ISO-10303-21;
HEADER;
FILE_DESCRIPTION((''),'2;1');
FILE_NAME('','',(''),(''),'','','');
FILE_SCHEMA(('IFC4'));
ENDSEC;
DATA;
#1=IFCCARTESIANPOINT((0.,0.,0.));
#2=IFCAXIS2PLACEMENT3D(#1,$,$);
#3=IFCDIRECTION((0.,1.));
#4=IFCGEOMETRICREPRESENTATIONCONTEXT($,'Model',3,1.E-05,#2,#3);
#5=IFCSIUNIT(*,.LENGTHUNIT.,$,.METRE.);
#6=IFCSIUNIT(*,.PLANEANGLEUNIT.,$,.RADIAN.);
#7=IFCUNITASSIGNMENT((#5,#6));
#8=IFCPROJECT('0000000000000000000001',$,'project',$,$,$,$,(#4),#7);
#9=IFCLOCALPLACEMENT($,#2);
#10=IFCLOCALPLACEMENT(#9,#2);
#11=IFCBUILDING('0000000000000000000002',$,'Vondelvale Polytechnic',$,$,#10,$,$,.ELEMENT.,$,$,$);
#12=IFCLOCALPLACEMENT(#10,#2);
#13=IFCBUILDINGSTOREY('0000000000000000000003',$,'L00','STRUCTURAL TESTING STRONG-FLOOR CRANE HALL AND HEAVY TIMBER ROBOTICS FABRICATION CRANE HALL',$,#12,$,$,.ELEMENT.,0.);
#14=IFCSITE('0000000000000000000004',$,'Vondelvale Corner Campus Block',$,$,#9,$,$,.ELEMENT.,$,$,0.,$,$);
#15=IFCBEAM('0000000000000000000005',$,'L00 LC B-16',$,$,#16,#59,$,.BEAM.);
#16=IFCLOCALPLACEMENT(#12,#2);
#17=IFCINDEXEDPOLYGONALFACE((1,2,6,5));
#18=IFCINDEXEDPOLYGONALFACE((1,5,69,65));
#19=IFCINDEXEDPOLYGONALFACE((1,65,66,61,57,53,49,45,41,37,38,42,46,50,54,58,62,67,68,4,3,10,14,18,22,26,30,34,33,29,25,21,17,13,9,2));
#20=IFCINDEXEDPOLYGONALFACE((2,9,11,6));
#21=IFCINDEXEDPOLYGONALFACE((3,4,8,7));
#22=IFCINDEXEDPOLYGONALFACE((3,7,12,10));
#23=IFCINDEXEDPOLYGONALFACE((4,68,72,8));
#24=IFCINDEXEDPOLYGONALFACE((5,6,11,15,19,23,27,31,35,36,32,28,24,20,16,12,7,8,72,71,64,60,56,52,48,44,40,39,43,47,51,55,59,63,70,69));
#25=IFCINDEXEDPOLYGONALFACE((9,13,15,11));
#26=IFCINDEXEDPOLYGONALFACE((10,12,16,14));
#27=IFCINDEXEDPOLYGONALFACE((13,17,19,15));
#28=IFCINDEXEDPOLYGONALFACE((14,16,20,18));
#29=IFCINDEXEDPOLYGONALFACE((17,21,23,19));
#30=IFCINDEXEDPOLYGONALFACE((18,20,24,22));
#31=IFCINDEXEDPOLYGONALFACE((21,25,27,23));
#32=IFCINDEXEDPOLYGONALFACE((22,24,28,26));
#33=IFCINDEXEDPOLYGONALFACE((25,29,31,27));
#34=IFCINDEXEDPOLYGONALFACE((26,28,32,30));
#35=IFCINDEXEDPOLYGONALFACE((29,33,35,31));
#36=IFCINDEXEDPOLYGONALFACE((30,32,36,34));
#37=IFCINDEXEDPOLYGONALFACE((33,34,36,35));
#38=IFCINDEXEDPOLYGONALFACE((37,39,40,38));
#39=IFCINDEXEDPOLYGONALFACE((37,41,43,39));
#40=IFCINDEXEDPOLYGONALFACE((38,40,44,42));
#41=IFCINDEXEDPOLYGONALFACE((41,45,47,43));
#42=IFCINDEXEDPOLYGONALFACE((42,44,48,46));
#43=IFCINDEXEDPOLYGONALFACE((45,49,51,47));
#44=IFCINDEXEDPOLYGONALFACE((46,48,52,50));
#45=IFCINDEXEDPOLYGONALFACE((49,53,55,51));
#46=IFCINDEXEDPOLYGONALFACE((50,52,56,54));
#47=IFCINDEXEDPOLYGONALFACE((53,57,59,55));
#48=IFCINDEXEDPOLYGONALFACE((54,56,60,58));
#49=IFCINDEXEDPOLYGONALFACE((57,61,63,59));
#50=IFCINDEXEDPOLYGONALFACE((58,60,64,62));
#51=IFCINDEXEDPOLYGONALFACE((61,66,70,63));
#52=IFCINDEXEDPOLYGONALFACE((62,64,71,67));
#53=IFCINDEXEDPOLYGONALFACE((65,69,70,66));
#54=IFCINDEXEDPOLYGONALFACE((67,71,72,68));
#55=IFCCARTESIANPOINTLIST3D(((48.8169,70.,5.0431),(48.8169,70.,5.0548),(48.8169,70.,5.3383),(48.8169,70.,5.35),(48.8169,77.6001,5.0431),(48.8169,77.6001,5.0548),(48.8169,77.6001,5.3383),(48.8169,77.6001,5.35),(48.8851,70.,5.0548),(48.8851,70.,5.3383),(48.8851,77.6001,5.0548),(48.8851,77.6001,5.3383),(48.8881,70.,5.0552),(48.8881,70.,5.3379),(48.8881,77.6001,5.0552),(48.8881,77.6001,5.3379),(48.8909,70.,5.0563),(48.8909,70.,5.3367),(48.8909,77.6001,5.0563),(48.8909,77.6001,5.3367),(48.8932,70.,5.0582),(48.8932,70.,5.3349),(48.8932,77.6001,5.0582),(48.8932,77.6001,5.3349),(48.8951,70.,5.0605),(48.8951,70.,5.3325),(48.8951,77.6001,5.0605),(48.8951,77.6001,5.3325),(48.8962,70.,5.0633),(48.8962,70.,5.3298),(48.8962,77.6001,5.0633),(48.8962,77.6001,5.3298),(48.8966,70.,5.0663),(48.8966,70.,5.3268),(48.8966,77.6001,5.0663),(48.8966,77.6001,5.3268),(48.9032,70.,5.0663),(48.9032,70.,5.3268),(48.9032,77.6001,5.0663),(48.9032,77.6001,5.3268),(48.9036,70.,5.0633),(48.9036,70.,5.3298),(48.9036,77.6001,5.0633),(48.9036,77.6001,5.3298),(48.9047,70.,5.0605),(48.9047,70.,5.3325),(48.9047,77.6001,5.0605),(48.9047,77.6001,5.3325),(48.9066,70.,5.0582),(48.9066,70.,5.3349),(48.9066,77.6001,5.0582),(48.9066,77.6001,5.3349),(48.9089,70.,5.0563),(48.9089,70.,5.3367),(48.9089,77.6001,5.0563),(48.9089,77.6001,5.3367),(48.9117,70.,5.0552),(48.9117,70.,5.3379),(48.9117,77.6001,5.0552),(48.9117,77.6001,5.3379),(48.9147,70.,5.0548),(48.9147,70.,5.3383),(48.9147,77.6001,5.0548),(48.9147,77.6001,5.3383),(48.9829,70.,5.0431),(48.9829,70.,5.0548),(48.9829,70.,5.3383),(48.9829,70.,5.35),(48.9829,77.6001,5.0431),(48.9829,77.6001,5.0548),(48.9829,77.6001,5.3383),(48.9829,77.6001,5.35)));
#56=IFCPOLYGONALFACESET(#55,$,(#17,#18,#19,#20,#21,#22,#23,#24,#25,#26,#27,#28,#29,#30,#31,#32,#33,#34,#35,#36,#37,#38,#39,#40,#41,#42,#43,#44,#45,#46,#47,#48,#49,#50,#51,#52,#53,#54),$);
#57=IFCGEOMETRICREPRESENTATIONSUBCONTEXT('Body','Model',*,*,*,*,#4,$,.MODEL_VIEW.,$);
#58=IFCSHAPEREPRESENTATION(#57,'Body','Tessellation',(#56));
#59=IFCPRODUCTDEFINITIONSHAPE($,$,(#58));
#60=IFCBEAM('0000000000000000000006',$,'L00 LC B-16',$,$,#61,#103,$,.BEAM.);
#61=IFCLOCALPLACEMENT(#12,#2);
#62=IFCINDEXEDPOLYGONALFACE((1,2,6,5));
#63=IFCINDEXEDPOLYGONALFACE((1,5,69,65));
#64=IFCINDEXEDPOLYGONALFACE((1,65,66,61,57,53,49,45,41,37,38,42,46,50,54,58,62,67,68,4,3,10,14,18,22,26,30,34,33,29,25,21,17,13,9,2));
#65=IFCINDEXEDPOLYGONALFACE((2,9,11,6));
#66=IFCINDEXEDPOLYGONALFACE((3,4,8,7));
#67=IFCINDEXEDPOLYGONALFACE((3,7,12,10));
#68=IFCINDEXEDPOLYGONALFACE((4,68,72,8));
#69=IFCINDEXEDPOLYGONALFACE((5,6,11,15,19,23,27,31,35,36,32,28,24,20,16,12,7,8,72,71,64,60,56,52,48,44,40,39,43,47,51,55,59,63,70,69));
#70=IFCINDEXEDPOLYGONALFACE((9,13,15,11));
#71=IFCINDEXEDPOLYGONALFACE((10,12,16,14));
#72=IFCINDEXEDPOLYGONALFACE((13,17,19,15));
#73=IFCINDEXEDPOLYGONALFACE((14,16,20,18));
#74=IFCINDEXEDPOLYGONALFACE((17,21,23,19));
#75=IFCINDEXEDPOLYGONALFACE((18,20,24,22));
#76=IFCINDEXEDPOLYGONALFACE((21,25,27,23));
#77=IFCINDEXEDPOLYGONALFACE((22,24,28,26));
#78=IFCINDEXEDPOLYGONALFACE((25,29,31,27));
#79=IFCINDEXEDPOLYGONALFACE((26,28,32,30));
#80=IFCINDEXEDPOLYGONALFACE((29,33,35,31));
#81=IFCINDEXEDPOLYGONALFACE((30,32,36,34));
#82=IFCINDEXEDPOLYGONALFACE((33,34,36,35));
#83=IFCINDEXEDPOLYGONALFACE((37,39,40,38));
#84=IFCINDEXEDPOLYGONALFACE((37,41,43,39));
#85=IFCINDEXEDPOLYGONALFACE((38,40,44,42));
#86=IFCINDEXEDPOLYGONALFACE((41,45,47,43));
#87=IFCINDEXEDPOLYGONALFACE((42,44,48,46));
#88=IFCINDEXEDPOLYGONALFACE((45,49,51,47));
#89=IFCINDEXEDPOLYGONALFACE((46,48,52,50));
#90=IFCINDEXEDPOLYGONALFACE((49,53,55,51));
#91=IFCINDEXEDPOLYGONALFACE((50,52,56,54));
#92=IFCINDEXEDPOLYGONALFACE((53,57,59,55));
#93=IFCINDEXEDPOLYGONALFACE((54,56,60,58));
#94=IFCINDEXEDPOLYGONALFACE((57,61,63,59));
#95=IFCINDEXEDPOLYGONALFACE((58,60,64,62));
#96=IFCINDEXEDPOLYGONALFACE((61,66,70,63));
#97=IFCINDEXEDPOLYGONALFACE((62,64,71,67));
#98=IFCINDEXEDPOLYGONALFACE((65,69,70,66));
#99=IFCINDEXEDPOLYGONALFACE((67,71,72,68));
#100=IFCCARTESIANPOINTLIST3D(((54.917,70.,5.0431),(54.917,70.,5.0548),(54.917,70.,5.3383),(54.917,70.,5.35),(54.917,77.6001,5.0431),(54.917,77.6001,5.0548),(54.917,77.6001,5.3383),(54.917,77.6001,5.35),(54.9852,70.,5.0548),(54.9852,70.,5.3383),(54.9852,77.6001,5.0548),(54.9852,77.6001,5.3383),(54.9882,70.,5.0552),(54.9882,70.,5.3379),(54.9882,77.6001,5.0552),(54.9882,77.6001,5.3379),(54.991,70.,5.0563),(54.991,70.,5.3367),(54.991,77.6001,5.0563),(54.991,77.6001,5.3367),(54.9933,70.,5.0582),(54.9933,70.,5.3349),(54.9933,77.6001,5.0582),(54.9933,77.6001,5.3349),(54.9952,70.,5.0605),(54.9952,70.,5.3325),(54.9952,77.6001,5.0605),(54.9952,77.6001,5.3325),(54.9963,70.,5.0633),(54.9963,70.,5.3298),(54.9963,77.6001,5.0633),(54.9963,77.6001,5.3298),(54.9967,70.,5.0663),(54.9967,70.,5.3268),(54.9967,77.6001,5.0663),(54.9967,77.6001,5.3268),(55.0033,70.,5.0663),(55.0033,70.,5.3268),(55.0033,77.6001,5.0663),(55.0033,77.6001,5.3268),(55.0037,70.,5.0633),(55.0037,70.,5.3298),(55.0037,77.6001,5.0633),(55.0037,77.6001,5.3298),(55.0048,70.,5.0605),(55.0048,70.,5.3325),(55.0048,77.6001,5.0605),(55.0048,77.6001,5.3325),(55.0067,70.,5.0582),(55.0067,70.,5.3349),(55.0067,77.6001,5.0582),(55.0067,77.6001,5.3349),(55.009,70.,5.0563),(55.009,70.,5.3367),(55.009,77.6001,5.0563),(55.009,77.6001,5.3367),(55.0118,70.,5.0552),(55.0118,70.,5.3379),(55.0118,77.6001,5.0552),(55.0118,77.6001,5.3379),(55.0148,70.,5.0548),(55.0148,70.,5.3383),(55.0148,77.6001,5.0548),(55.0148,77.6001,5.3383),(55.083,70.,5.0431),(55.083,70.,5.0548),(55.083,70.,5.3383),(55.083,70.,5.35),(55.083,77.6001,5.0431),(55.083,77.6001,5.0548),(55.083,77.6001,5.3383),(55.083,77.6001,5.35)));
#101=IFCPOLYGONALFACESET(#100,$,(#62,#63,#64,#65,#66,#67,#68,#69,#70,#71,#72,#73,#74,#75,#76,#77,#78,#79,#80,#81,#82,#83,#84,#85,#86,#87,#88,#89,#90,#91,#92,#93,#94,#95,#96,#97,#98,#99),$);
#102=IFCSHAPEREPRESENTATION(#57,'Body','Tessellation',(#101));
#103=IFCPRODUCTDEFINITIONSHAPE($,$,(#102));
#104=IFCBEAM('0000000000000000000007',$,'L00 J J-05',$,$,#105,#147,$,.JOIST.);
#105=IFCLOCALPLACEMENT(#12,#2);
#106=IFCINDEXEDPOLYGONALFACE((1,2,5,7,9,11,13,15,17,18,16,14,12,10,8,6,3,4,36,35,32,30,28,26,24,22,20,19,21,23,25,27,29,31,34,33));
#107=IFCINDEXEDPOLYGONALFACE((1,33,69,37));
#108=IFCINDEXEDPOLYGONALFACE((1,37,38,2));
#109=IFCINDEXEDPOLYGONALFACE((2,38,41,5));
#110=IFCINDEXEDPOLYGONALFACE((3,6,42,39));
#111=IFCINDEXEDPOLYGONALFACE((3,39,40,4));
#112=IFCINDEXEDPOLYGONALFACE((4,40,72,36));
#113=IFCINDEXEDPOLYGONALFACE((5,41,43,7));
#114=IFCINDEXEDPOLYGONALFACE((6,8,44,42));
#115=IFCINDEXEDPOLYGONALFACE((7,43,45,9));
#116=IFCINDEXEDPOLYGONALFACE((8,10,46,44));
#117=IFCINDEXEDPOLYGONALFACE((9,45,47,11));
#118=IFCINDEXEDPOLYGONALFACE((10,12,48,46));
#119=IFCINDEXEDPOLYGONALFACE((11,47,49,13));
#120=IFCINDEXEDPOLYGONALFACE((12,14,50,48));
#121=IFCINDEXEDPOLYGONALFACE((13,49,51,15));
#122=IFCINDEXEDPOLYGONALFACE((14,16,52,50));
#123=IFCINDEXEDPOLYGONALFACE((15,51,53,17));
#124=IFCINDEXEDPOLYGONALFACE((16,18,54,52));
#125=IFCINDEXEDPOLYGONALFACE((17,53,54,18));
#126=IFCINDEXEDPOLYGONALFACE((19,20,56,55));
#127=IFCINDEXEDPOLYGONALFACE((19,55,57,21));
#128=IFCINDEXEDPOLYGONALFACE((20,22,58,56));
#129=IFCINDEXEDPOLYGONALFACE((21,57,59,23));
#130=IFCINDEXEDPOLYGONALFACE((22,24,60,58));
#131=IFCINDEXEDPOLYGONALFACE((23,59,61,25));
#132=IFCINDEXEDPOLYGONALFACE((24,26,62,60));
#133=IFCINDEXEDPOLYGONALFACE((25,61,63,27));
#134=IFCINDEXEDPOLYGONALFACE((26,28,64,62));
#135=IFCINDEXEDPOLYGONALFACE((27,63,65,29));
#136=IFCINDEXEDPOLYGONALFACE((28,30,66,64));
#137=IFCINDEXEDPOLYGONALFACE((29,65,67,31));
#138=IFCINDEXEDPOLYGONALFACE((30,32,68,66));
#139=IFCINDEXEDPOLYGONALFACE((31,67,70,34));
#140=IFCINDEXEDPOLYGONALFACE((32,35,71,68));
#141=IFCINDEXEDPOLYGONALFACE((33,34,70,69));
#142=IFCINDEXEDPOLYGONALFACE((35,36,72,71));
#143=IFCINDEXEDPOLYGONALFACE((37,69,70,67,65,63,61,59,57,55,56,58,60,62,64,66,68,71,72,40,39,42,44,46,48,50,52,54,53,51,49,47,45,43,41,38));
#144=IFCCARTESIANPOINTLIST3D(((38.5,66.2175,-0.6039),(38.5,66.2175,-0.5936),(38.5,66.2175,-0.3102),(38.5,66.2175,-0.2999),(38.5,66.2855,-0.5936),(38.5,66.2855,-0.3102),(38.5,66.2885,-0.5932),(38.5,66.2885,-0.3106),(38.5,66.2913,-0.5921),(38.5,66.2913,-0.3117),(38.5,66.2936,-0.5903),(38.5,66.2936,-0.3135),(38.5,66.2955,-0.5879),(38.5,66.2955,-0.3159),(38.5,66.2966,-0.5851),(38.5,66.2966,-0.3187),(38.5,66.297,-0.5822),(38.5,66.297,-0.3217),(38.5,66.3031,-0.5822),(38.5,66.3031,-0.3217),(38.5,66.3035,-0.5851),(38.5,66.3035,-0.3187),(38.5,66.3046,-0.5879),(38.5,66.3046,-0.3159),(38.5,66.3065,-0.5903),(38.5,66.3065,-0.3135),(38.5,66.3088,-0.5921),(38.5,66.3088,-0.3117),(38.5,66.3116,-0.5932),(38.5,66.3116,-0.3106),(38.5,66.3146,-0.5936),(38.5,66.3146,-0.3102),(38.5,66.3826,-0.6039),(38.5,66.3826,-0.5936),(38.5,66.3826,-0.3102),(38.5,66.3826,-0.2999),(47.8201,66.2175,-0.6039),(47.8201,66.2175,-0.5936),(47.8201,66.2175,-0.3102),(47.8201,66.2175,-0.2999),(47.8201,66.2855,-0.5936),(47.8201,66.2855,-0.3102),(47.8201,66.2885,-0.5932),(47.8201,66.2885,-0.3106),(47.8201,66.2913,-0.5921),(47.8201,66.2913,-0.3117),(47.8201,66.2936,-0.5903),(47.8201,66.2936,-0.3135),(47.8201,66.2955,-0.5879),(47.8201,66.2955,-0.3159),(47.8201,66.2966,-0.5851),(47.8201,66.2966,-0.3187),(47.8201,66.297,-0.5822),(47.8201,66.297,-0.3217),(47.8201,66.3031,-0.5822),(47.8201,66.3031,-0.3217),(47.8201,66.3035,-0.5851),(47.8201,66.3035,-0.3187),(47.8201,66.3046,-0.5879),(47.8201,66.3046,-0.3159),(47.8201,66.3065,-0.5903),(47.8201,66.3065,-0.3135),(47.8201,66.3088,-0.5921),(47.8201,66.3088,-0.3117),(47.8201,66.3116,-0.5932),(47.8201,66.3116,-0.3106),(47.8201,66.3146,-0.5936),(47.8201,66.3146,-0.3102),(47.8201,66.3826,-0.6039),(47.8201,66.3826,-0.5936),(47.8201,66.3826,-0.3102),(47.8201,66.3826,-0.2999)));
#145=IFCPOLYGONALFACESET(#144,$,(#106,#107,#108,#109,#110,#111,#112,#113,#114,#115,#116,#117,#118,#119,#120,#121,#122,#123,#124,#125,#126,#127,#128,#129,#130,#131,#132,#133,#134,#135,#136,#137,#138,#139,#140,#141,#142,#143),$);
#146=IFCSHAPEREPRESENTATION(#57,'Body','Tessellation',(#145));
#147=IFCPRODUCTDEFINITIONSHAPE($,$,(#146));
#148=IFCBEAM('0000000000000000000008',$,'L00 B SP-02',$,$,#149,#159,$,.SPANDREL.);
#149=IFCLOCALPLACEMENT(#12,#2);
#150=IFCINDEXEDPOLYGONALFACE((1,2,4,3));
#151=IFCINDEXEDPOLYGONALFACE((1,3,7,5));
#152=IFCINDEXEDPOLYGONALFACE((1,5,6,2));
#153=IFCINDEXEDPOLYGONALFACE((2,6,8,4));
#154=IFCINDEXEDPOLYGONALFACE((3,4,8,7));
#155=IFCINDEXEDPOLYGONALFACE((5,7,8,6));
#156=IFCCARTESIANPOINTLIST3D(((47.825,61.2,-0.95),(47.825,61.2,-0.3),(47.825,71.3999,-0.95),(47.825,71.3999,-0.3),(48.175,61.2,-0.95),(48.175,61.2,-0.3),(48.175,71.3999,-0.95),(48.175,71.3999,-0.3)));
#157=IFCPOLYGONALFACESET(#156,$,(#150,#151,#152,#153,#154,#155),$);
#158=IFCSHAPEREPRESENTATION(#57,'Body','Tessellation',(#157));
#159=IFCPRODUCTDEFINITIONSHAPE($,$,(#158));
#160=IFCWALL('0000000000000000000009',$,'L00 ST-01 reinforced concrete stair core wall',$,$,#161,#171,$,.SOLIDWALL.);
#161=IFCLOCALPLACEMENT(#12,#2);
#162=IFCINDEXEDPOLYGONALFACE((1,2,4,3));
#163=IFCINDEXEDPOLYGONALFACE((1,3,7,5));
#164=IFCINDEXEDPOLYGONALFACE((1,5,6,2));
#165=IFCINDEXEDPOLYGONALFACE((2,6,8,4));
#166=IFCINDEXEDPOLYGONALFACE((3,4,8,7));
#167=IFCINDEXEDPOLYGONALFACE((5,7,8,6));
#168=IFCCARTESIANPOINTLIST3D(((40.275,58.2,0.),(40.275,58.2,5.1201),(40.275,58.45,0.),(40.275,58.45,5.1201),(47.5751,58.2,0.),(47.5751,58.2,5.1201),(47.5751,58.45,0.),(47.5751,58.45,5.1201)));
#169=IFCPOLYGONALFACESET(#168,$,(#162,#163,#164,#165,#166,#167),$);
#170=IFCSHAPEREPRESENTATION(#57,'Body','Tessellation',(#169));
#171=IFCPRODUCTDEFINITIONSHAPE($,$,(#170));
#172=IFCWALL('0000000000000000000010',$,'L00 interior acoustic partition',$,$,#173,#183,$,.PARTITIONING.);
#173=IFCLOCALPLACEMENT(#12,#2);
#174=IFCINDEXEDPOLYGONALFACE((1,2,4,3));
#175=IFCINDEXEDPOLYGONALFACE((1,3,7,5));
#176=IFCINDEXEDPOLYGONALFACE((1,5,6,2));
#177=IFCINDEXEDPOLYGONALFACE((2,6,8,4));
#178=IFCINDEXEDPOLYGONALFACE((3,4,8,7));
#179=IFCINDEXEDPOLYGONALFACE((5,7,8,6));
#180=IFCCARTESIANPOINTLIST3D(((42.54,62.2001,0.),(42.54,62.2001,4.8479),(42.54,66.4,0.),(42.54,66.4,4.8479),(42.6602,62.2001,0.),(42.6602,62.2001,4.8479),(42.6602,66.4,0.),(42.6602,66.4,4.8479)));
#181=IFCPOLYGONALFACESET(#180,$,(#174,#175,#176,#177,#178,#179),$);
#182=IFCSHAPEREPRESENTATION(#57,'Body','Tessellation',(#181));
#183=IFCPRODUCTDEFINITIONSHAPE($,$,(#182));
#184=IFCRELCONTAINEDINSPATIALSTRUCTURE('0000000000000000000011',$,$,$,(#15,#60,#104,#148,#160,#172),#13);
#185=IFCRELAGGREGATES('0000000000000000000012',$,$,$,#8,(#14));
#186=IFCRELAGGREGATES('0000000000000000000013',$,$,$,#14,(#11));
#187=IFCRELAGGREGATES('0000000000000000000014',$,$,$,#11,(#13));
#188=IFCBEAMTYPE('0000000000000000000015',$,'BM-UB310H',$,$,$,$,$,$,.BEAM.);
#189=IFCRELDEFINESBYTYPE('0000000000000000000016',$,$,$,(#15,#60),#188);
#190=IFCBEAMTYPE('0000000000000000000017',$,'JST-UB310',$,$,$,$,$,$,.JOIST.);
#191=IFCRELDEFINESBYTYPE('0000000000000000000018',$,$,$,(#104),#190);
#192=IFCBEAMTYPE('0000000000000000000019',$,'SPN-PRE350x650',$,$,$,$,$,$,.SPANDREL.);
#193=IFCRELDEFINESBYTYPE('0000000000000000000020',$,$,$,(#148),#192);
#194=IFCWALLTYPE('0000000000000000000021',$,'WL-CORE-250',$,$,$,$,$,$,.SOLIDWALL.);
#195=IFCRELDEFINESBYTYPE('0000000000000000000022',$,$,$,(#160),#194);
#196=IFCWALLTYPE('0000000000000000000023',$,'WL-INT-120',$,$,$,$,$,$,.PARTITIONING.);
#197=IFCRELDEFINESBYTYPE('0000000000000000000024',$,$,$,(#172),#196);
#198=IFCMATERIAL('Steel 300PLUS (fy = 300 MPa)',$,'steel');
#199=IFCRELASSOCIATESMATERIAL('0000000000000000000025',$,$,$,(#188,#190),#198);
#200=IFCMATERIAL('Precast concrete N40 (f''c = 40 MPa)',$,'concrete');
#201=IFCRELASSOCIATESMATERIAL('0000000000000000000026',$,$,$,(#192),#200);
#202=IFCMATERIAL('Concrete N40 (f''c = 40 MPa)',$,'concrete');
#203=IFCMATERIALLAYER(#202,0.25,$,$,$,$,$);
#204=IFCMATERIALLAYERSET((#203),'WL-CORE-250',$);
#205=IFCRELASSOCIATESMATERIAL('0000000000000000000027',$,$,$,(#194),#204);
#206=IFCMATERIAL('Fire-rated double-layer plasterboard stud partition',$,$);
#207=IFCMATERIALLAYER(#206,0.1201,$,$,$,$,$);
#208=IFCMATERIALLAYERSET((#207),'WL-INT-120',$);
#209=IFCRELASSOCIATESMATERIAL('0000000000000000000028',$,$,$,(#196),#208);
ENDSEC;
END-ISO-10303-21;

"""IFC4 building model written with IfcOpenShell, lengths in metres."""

from ifc_helpers import new_model, si_unit, direction, frame, frame_2d, origin, origin_2d, place, context, subcontext, project, spatial, rectangle, i_section, extrude, material, layer, layer_set, material_profile, profile_set, type_object, element, save


model = new_model("IFC4")

# Units and contexts
model_context = context("Model", 3, precision=1e-05, world=origin(), true_north=direction((0.0, 1.0)))
body_context = subcontext(model_context, "Body", "Model", "MODEL_VIEW")
ifc_project = project(units=[si_unit("LENGTHUNIT", "METRE"), si_unit("PLANEANGLEUNIT", "RADIAN")], contexts=[model_context])

# Site, building, storey
site_placement = place(None, origin())
site = spatial("IfcSite", under=ifc_project, at=site_placement, Name="Vondelvale Corner Campus Block", CompositionType="ELEMENT", RefElevation=0.0)
building_placement = place(site_placement, origin())
building = spatial("IfcBuilding", under=site, at=building_placement, Name="Vondelvale Polytechnic", CompositionType="ELEMENT")
storey_placement = place(building_placement, origin())
storey = spatial("IfcBuildingStorey", under=building, at=storey_placement, Name="L00", Description="STRUCTURAL TESTING STRONG-FLOOR CRANE HALL AND HEAVY TIMBER ROBOTICS FABRICATION CRANE HALL", CompositionType="ELEMENT", Elevation=0.0)

# Shared definitions
ifc_material_1 = material(Name="Concrete N40 (f'c = 40 MPa)", Category="concrete")

# Shared definitions
ifc_material_2 = material(Name="Steel 300PLUS (fy = 300 MPa)", Category="steel")

# Beams
ifc_material_profile_1 = material_profile(ifc_material_2, i_section(OverallWidth=0.166, OverallDepth=0.3069, WebThickness=0.0066, FlangeThickness=0.0117, FilletRadius=0.0115, at=origin_2d()), Name="310UB46.2")
ifc_profile_set_1 = profile_set([ifc_material_profile_1], Name="Steel 300PLUS (fy = 300 MPa)")
beam_type_1 = type_object("IfcBeamType", Name="BM-UB310H", PredefinedType="BEAM", material=ifc_profile_set_1)
for number, where, z_axis, x_axis, name in (
    (1, (48.8999, 70.0, 5.1965), (0.0, 1.0, 0.0), (-1.0, 0.0, 0.0), "L00 LC B-16"),
    (2, (55.0, 70.0, 5.1965), (0.0, 1.0, 0.0), (-1.0, 0.0, 0.0), "L00 LC B-16"),
):
    element("IfcBeam", number, at=place(storey_placement, frame(where, z_axis=z_axis, x_axis=x_axis)), inside=storey, type_object=beam_type_1, Name=name, PredefinedType="BEAM", context=body_context, shape_type="SweptSolid", body=[
        extrude(i_section(OverallWidth=0.166, OverallDepth=0.3069, WebThickness=0.0066, FlangeThickness=0.0117, FilletRadius=0.0115, at=origin_2d()), origin(), (0.0, 0.0, 1.0), 7.6001),
    ])
ifc_material_profile_2 = material_profile(ifc_material_2, i_section(OverallWidth=0.165, OverallDepth=0.304, WebThickness=0.0061, FlangeThickness=0.0103, FilletRadius=0.0115, at=origin_2d()), Name="310UB40.4")
ifc_profile_set_2 = profile_set([ifc_material_profile_2], Name="Steel 300PLUS (fy = 300 MPa)")
beam_type_2 = type_object("IfcBeamType", Name="JST-UB310", PredefinedType="JOIST", material=ifc_profile_set_2)
beam_1_placement = place(storey_placement, frame((38.5, 66.3, -0.4519), z_axis=(1.0, 0.0, 0.0), x_axis=(0.0, 1.0, 0.0)))
element("IfcBeam", 3, at=beam_1_placement, inside=storey, type_object=beam_type_2, Name="L00 J J-05", PredefinedType="JOIST", context=body_context, shape_type="SweptSolid", body=[
    extrude(i_section(OverallWidth=0.165, OverallDepth=0.304, WebThickness=0.0061, FlangeThickness=0.0103, FilletRadius=0.0115, at=origin_2d()), origin(), (0.0, 0.0, 1.0), 9.3201),
])
ifc_material_3 = material(Name="Precast concrete N40 (f'c = 40 MPa)", Category="concrete")
ifc_material_profile_3 = material_profile(ifc_material_3, rectangle(XDim=0.3501, YDim=0.6499, at=origin_2d()), Name="RC-SPN-350x650")
ifc_profile_set_3 = profile_set([ifc_material_profile_3], Name="Precast concrete N40 (f'c = 40 MPa)")
beam_type_3 = type_object("IfcBeamType", Name="SPN-PRE350x650", PredefinedType="SPANDREL", material=ifc_profile_set_3)
beam_2_placement = place(storey_placement, frame((48.0, 61.2, -0.625), z_axis=(0.0, 1.0, 0.0), x_axis=(-1.0, 0.0, 0.0)))
element("IfcBeam", 4, at=beam_2_placement, inside=storey, type_object=beam_type_3, Name="L00 B SP-02", PredefinedType="SPANDREL", context=body_context, shape_type="SweptSolid", body=[
    extrude(rectangle(XDim=0.3501, YDim=0.6499, at=origin_2d()), origin(), (0.0, 0.0, 1.0), 10.2),
])

# Walls
ifc_layer_1 = layer(ifc_material_1, 0.25)
ifc_layer_set_1 = layer_set([ifc_layer_1], Name="WL-CORE-250")
wall_type_1 = type_object("IfcWallType", Name="WL-CORE-250", PredefinedType="SOLIDWALL", material=ifc_layer_set_1)
wall_1_placement = place(storey_placement, frame((47.575, 58.325, 0.0), z_axis=(0.0, 0.0, 1.0), x_axis=(-1.0, 0.0, 0.0)))
element("IfcWall", 5, at=wall_1_placement, inside=storey, type_object=wall_type_1, Name="L00 ST-01 reinforced concrete stair core wall", PredefinedType="SOLIDWALL", context=body_context, shape_type="SweptSolid", body=[
    extrude(rectangle(XDim=7.3, YDim=0.25, at=frame_2d((3.6499, 0.0))), origin(), (0.0, 0.0, 1.0), 5.1201),
])
ifc_material_4 = material(Name="Fire-rated double-layer plasterboard stud partition")
ifc_layer_2 = layer(ifc_material_4, 0.1201)
ifc_layer_set_2 = layer_set([ifc_layer_2], Name="WL-INT-120")
wall_type_2 = type_object("IfcWallType", Name="WL-INT-120", PredefinedType="PARTITIONING", material=ifc_layer_set_2)
wall_2_placement = place(storey_placement, frame((42.6001, 62.2, 0.0), z_axis=(0.0, 0.0, 1.0), x_axis=(0.0, 1.0, 0.0)))
element("IfcWall", 6, at=wall_2_placement, inside=storey, type_object=wall_type_2, Name="L00 interior acoustic partition", PredefinedType="PARTITIONING", context=body_context, shape_type="SweptSolid", body=[
    extrude(rectangle(XDim=4.2, YDim=0.1201, at=frame_2d((2.1001, 0.0))), origin(), (0.0, 0.0, 1.0), 4.8479),
])

save(model, "model.ifc")
